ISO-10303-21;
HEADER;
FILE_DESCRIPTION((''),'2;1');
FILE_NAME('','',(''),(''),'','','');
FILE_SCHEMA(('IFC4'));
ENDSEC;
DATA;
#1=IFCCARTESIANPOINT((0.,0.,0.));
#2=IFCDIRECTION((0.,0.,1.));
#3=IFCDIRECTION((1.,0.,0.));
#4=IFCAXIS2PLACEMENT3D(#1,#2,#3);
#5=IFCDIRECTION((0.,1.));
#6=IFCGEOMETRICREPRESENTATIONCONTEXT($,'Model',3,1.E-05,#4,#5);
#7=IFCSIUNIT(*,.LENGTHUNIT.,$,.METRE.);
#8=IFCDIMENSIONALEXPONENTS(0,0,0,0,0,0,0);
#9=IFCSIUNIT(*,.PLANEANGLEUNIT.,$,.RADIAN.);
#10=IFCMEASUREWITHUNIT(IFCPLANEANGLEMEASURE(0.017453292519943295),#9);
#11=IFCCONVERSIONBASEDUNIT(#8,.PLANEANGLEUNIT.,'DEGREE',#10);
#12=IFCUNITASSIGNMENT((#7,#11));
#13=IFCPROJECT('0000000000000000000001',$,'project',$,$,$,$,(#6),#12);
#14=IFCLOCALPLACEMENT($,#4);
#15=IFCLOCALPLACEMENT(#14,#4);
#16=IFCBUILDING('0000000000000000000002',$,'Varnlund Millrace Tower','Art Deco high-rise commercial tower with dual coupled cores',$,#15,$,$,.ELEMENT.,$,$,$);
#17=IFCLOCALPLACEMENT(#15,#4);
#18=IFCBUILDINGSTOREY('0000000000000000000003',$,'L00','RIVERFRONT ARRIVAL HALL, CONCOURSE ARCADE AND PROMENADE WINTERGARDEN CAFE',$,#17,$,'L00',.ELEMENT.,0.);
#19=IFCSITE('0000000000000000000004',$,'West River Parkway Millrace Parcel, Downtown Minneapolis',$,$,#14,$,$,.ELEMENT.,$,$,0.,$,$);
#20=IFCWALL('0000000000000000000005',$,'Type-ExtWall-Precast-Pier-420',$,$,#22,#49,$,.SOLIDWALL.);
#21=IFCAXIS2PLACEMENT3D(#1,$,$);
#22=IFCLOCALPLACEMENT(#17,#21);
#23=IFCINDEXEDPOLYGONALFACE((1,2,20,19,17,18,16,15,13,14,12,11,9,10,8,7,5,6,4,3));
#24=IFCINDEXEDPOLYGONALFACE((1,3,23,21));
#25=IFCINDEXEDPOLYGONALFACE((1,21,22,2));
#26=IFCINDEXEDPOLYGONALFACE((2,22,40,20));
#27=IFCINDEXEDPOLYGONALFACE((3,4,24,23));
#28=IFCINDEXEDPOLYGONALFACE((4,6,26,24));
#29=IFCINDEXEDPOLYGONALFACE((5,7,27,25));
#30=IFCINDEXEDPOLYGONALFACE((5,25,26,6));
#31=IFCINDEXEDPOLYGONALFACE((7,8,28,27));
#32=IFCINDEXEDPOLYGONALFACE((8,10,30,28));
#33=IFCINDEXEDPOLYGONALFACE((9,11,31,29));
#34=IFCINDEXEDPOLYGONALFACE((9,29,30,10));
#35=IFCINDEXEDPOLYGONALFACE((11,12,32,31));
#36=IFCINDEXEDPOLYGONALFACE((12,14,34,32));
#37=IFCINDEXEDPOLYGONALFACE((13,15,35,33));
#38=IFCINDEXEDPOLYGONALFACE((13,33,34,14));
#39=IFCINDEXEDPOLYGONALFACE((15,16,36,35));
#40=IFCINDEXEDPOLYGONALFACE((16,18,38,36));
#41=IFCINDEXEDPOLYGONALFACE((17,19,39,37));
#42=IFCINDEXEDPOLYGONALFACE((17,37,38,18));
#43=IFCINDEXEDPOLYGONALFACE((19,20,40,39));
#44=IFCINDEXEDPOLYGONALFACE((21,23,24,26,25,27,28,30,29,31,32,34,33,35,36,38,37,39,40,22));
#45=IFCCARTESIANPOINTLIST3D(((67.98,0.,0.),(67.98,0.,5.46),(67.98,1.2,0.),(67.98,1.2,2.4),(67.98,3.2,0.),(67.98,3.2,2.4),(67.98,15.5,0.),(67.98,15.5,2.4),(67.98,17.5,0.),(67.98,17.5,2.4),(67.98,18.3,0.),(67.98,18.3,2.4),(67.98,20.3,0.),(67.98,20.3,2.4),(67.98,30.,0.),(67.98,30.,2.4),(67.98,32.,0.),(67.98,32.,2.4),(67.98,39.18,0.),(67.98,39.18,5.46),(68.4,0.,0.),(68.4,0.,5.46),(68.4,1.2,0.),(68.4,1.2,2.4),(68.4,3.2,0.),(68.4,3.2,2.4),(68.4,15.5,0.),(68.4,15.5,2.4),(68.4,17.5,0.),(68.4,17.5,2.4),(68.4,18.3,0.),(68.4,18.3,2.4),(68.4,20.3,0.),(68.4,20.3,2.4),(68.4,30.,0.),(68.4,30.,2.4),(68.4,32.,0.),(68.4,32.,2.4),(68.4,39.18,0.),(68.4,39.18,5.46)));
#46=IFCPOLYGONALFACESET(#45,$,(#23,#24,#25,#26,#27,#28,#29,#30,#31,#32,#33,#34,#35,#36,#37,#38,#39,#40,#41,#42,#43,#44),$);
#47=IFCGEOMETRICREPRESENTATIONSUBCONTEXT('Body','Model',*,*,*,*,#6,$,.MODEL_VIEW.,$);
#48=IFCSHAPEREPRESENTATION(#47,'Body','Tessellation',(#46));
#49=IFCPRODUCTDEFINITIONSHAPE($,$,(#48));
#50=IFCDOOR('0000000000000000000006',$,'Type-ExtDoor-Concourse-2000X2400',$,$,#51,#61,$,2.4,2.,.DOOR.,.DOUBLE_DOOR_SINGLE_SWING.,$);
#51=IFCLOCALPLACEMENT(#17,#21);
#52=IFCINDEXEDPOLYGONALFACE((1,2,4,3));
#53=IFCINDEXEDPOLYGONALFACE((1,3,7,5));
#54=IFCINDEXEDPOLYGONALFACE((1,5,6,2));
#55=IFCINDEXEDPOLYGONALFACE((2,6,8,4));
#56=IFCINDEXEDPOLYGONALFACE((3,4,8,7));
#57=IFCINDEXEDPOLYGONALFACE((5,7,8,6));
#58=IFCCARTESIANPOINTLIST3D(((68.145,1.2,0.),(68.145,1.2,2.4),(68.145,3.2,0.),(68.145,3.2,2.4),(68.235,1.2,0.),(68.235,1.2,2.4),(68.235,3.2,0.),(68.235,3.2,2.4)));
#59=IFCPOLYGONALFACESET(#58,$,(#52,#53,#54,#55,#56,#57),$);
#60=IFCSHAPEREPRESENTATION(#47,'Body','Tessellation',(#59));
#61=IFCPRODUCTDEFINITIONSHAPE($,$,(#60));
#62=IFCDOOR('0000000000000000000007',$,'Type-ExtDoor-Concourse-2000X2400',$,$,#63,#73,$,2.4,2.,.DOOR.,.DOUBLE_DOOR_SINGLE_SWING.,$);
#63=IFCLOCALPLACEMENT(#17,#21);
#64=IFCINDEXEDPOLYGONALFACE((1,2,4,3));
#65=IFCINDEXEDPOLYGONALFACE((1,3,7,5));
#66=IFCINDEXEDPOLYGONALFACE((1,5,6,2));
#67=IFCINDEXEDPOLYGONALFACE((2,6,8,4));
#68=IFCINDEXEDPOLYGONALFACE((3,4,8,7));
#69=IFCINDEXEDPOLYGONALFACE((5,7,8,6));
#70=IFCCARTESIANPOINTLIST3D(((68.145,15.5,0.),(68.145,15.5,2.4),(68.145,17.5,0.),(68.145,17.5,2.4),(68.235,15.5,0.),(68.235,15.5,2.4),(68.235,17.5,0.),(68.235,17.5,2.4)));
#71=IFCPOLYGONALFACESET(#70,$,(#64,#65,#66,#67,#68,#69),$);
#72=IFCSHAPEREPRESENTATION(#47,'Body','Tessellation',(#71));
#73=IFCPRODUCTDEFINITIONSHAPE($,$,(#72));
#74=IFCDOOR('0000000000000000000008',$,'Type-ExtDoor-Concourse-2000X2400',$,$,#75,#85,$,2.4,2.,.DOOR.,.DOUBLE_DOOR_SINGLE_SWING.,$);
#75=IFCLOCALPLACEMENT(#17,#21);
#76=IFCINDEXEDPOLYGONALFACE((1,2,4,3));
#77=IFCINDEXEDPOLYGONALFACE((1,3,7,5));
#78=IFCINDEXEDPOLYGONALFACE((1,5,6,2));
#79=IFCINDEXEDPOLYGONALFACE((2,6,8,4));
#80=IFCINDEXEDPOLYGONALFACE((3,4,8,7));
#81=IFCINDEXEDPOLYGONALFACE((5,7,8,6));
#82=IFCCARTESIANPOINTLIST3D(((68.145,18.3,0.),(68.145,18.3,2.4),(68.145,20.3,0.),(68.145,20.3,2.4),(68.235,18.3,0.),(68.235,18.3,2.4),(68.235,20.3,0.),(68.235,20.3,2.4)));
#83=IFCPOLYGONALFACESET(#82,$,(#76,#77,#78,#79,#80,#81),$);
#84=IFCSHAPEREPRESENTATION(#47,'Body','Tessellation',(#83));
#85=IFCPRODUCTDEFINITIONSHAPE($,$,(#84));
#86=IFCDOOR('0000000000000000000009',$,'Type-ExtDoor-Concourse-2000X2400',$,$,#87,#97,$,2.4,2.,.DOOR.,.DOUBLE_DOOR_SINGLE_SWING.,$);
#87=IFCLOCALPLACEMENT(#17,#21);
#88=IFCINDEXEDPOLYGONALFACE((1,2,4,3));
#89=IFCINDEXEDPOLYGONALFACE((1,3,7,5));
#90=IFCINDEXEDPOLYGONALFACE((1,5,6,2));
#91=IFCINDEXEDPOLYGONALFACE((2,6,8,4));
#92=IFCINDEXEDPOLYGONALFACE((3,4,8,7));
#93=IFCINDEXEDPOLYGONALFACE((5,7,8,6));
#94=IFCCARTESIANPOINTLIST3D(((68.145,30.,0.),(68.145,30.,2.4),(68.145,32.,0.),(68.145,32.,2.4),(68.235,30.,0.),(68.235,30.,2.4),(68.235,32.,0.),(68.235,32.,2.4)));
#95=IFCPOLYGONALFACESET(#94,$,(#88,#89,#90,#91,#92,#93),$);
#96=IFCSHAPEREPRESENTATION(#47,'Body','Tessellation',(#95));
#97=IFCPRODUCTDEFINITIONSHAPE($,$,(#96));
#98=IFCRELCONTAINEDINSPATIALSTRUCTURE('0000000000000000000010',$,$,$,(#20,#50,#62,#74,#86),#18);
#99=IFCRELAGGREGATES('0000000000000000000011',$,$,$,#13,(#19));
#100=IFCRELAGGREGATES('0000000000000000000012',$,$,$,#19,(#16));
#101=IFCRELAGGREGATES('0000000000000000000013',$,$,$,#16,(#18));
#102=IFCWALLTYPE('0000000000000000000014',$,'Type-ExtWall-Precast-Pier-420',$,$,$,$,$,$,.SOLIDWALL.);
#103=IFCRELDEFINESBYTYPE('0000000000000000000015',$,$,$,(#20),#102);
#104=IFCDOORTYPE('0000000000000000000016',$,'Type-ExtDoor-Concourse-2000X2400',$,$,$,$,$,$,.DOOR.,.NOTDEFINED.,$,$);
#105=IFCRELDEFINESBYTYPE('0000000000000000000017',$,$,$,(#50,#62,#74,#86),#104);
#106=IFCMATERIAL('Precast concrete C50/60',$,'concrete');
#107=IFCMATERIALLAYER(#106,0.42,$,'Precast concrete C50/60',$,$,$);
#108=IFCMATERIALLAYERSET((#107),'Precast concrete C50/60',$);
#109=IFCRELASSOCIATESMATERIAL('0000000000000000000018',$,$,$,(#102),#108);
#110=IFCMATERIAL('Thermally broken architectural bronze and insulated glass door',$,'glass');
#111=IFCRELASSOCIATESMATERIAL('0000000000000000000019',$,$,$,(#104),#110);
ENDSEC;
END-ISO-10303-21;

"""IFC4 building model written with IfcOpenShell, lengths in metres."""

from ifc_helpers import new_model, entity, si_unit, converted_unit, direction, frame, origin_with_axes, origin_2d_with_axis, place, context, subcontext, project, spatial, polyline, rectangle, outline, extrude, material, layer, layer_set, type_object, element, fill, save


model = new_model("IFC4")

# Units and contexts
model_context = context("Model", 3, precision=1e-05, world=origin_with_axes(), true_north=direction((0.0, 1.0)))
body_context = subcontext(model_context, "Body", "Model", "MODEL_VIEW")
ifc_project = project(units=[si_unit("LENGTHUNIT", "METRE"), converted_unit("PLANEANGLEUNIT", "DEGREE", entity("IfcPlaneAngleMeasure", 0.017453292519943295), si_unit("PLANEANGLEUNIT", "RADIAN"), dimensions=[0, 0, 0, 0, 0, 0, 0])], contexts=[model_context])

# Site, building, storey
site_placement = place(None, origin_with_axes())
site = spatial("IfcSite", under=ifc_project, at=site_placement, Name="West River Parkway Millrace Parcel, Downtown Minneapolis", CompositionType="ELEMENT", RefElevation=0.0)
building_placement = place(site_placement, origin_with_axes())
building = spatial("IfcBuilding", under=site, at=building_placement, Name="Varnlund Millrace Tower", Description="Art Deco high-rise commercial tower with dual coupled cores", CompositionType="ELEMENT")
storey_placement = place(building_placement, origin_with_axes())
storey = spatial("IfcBuildingStorey", under=building, at=storey_placement, Name="L00", Description="RIVERFRONT ARRIVAL HALL, CONCOURSE ARCADE AND PROMENADE WINTERGARDEN CAFE", LongName="L00", CompositionType="ELEMENT", Elevation=0.0)

# Wall, openings, doors
ifc_material_1 = material(Name="Precast concrete C50/60", Category="concrete")
ifc_layer_1 = layer(ifc_material_1, 0.42, Name="Precast concrete C50/60")
ifc_layer_set_1 = layer_set([ifc_layer_1], Name="Precast concrete C50/60")
wall_type = type_object("IfcWallType", Name="Type-ExtWall-Precast-Pier-420", PredefinedType="SOLIDWALL", material=ifc_layer_set_1)
wall_placement = place(storey_placement, frame((68.19, 39.18, 0.0), z_axis=(0.0, 0.0, 1.0), x_axis=(0.0, -1.0, 0.0)))
wall = element("IfcWall", 1, at=wall_placement, inside=storey, type_object=wall_type, Name="Type-ExtWall-Precast-Pier-420", PredefinedType="SOLIDWALL", context=body_context, shape_type="SweptSolid", body=[
    extrude(outline(polyline([(0.0, -0.21), (39.18, -0.21), (39.18, 0.21), (0.0, 0.21), (0.0, -0.21)])), origin_with_axes(), (0.0, 0.0, 1.0), 5.46),
])
opening_1_placement = place(wall_placement, frame((36.98, 0.0, 0.0), z_axis=(0.0, 0.0, 1.0), x_axis=(1.0, 0.0, 0.0)))
opening_1 = element("IfcOpeningElement", 2, at=opening_1_placement, cuts=wall, PredefinedType="OPENING", context=body_context, shape_type="SweptSolid", body=[
    extrude(rectangle(XDim=2.0, YDim=0.44, at=origin_2d_with_axis()), origin_with_axes(), (0.0, 0.0, 1.0), 2.4),
])
opening_2_placement = place(wall_placement, frame((22.68, 0.0, 0.0), z_axis=(0.0, 0.0, 1.0), x_axis=(1.0, 0.0, 0.0)))
opening_2 = element("IfcOpeningElement", 3, at=opening_2_placement, cuts=wall, PredefinedType="OPENING", context=body_context, shape_type="SweptSolid", body=[
    extrude(rectangle(XDim=2.0, YDim=0.44, at=origin_2d_with_axis()), origin_with_axes(), (0.0, 0.0, 1.0), 2.4),
])
opening_3_placement = place(wall_placement, frame((19.88, 0.0, 0.0), z_axis=(0.0, 0.0, 1.0), x_axis=(1.0, 0.0, 0.0)))
opening_3 = element("IfcOpeningElement", 4, at=opening_3_placement, cuts=wall, PredefinedType="OPENING", context=body_context, shape_type="SweptSolid", body=[
    extrude(rectangle(XDim=2.0, YDim=0.44, at=origin_2d_with_axis()), origin_with_axes(), (0.0, 0.0, 1.0), 2.4),
])
opening_4_placement = place(wall_placement, frame((8.18, 0.0, 0.0), z_axis=(0.0, 0.0, 1.0), x_axis=(1.0, 0.0, 0.0)))
opening_4 = element("IfcOpeningElement", 5, at=opening_4_placement, cuts=wall, PredefinedType="OPENING", context=body_context, shape_type="SweptSolid", body=[
    extrude(rectangle(XDim=2.0, YDim=0.44, at=origin_2d_with_axis()), origin_with_axes(), (0.0, 0.0, 1.0), 2.4),
])
ifc_material_2 = material(Name="Thermally broken architectural bronze and insulated glass door", Category="glass")
door_type = type_object("IfcDoorType", Name="Type-ExtDoor-Concourse-2000X2400", OperationType="NOTDEFINED", PredefinedType="DOOR", material=ifc_material_2)
door_1_placement = place(wall_placement, frame((36.98, 0.0, 0.0), z_axis=(0.0, 0.0, 1.0), x_axis=(1.0, 0.0, 0.0)))
door_1 = element("IfcDoor", 6, at=door_1_placement, inside=storey, type_object=door_type, Name="Type-ExtDoor-Concourse-2000X2400", OperationType="DOUBLE_DOOR_SINGLE_SWING", OverallHeight=2.4, OverallWidth=2.0, PredefinedType="DOOR", context=body_context, shape_type="SweptSolid", body=[
    extrude(rectangle(XDim=2.0, YDim=0.09, at=origin_2d_with_axis()), origin_with_axes(), (0.0, 0.0, 1.0), 2.4),
])
fill(opening_1, door_1)
door_2_placement = place(wall_placement, frame((22.68, 0.0, 0.0), z_axis=(0.0, 0.0, 1.0), x_axis=(1.0, 0.0, 0.0)))
door_2 = element("IfcDoor", 7, at=door_2_placement, inside=storey, type_object=door_type, Name="Type-ExtDoor-Concourse-2000X2400", OperationType="DOUBLE_DOOR_SINGLE_SWING", OverallHeight=2.4, OverallWidth=2.0, PredefinedType="DOOR", context=body_context, shape_type="SweptSolid", body=[
    extrude(rectangle(XDim=2.0, YDim=0.09, at=origin_2d_with_axis()), origin_with_axes(), (0.0, 0.0, 1.0), 2.4),
])
fill(opening_2, door_2)
door_3_placement = place(wall_placement, frame((19.88, 0.0, 0.0), z_axis=(0.0, 0.0, 1.0), x_axis=(1.0, 0.0, 0.0)))
door_3 = element("IfcDoor", 8, at=door_3_placement, inside=storey, type_object=door_type, Name="Type-ExtDoor-Concourse-2000X2400", OperationType="DOUBLE_DOOR_SINGLE_SWING", OverallHeight=2.4, OverallWidth=2.0, PredefinedType="DOOR", context=body_context, shape_type="SweptSolid", body=[
    extrude(rectangle(XDim=2.0, YDim=0.09, at=origin_2d_with_axis()), origin_with_axes(), (0.0, 0.0, 1.0), 2.4),
])
fill(opening_3, door_3)
door_4_placement = place(wall_placement, frame((8.18, 0.0, 0.0), z_axis=(0.0, 0.0, 1.0), x_axis=(1.0, 0.0, 0.0)))
door_4 = element("IfcDoor", 9, at=door_4_placement, inside=storey, type_object=door_type, Name="Type-ExtDoor-Concourse-2000X2400", OperationType="DOUBLE_DOOR_SINGLE_SWING", OverallHeight=2.4, OverallWidth=2.0, PredefinedType="DOOR", context=body_context, shape_type="SweptSolid", body=[
    extrude(rectangle(XDim=2.0, YDim=0.09, at=origin_2d_with_axis()), origin_with_axes(), (0.0, 0.0, 1.0), 2.4),
])
fill(opening_4, door_4)

save(model, "model.ifc")
